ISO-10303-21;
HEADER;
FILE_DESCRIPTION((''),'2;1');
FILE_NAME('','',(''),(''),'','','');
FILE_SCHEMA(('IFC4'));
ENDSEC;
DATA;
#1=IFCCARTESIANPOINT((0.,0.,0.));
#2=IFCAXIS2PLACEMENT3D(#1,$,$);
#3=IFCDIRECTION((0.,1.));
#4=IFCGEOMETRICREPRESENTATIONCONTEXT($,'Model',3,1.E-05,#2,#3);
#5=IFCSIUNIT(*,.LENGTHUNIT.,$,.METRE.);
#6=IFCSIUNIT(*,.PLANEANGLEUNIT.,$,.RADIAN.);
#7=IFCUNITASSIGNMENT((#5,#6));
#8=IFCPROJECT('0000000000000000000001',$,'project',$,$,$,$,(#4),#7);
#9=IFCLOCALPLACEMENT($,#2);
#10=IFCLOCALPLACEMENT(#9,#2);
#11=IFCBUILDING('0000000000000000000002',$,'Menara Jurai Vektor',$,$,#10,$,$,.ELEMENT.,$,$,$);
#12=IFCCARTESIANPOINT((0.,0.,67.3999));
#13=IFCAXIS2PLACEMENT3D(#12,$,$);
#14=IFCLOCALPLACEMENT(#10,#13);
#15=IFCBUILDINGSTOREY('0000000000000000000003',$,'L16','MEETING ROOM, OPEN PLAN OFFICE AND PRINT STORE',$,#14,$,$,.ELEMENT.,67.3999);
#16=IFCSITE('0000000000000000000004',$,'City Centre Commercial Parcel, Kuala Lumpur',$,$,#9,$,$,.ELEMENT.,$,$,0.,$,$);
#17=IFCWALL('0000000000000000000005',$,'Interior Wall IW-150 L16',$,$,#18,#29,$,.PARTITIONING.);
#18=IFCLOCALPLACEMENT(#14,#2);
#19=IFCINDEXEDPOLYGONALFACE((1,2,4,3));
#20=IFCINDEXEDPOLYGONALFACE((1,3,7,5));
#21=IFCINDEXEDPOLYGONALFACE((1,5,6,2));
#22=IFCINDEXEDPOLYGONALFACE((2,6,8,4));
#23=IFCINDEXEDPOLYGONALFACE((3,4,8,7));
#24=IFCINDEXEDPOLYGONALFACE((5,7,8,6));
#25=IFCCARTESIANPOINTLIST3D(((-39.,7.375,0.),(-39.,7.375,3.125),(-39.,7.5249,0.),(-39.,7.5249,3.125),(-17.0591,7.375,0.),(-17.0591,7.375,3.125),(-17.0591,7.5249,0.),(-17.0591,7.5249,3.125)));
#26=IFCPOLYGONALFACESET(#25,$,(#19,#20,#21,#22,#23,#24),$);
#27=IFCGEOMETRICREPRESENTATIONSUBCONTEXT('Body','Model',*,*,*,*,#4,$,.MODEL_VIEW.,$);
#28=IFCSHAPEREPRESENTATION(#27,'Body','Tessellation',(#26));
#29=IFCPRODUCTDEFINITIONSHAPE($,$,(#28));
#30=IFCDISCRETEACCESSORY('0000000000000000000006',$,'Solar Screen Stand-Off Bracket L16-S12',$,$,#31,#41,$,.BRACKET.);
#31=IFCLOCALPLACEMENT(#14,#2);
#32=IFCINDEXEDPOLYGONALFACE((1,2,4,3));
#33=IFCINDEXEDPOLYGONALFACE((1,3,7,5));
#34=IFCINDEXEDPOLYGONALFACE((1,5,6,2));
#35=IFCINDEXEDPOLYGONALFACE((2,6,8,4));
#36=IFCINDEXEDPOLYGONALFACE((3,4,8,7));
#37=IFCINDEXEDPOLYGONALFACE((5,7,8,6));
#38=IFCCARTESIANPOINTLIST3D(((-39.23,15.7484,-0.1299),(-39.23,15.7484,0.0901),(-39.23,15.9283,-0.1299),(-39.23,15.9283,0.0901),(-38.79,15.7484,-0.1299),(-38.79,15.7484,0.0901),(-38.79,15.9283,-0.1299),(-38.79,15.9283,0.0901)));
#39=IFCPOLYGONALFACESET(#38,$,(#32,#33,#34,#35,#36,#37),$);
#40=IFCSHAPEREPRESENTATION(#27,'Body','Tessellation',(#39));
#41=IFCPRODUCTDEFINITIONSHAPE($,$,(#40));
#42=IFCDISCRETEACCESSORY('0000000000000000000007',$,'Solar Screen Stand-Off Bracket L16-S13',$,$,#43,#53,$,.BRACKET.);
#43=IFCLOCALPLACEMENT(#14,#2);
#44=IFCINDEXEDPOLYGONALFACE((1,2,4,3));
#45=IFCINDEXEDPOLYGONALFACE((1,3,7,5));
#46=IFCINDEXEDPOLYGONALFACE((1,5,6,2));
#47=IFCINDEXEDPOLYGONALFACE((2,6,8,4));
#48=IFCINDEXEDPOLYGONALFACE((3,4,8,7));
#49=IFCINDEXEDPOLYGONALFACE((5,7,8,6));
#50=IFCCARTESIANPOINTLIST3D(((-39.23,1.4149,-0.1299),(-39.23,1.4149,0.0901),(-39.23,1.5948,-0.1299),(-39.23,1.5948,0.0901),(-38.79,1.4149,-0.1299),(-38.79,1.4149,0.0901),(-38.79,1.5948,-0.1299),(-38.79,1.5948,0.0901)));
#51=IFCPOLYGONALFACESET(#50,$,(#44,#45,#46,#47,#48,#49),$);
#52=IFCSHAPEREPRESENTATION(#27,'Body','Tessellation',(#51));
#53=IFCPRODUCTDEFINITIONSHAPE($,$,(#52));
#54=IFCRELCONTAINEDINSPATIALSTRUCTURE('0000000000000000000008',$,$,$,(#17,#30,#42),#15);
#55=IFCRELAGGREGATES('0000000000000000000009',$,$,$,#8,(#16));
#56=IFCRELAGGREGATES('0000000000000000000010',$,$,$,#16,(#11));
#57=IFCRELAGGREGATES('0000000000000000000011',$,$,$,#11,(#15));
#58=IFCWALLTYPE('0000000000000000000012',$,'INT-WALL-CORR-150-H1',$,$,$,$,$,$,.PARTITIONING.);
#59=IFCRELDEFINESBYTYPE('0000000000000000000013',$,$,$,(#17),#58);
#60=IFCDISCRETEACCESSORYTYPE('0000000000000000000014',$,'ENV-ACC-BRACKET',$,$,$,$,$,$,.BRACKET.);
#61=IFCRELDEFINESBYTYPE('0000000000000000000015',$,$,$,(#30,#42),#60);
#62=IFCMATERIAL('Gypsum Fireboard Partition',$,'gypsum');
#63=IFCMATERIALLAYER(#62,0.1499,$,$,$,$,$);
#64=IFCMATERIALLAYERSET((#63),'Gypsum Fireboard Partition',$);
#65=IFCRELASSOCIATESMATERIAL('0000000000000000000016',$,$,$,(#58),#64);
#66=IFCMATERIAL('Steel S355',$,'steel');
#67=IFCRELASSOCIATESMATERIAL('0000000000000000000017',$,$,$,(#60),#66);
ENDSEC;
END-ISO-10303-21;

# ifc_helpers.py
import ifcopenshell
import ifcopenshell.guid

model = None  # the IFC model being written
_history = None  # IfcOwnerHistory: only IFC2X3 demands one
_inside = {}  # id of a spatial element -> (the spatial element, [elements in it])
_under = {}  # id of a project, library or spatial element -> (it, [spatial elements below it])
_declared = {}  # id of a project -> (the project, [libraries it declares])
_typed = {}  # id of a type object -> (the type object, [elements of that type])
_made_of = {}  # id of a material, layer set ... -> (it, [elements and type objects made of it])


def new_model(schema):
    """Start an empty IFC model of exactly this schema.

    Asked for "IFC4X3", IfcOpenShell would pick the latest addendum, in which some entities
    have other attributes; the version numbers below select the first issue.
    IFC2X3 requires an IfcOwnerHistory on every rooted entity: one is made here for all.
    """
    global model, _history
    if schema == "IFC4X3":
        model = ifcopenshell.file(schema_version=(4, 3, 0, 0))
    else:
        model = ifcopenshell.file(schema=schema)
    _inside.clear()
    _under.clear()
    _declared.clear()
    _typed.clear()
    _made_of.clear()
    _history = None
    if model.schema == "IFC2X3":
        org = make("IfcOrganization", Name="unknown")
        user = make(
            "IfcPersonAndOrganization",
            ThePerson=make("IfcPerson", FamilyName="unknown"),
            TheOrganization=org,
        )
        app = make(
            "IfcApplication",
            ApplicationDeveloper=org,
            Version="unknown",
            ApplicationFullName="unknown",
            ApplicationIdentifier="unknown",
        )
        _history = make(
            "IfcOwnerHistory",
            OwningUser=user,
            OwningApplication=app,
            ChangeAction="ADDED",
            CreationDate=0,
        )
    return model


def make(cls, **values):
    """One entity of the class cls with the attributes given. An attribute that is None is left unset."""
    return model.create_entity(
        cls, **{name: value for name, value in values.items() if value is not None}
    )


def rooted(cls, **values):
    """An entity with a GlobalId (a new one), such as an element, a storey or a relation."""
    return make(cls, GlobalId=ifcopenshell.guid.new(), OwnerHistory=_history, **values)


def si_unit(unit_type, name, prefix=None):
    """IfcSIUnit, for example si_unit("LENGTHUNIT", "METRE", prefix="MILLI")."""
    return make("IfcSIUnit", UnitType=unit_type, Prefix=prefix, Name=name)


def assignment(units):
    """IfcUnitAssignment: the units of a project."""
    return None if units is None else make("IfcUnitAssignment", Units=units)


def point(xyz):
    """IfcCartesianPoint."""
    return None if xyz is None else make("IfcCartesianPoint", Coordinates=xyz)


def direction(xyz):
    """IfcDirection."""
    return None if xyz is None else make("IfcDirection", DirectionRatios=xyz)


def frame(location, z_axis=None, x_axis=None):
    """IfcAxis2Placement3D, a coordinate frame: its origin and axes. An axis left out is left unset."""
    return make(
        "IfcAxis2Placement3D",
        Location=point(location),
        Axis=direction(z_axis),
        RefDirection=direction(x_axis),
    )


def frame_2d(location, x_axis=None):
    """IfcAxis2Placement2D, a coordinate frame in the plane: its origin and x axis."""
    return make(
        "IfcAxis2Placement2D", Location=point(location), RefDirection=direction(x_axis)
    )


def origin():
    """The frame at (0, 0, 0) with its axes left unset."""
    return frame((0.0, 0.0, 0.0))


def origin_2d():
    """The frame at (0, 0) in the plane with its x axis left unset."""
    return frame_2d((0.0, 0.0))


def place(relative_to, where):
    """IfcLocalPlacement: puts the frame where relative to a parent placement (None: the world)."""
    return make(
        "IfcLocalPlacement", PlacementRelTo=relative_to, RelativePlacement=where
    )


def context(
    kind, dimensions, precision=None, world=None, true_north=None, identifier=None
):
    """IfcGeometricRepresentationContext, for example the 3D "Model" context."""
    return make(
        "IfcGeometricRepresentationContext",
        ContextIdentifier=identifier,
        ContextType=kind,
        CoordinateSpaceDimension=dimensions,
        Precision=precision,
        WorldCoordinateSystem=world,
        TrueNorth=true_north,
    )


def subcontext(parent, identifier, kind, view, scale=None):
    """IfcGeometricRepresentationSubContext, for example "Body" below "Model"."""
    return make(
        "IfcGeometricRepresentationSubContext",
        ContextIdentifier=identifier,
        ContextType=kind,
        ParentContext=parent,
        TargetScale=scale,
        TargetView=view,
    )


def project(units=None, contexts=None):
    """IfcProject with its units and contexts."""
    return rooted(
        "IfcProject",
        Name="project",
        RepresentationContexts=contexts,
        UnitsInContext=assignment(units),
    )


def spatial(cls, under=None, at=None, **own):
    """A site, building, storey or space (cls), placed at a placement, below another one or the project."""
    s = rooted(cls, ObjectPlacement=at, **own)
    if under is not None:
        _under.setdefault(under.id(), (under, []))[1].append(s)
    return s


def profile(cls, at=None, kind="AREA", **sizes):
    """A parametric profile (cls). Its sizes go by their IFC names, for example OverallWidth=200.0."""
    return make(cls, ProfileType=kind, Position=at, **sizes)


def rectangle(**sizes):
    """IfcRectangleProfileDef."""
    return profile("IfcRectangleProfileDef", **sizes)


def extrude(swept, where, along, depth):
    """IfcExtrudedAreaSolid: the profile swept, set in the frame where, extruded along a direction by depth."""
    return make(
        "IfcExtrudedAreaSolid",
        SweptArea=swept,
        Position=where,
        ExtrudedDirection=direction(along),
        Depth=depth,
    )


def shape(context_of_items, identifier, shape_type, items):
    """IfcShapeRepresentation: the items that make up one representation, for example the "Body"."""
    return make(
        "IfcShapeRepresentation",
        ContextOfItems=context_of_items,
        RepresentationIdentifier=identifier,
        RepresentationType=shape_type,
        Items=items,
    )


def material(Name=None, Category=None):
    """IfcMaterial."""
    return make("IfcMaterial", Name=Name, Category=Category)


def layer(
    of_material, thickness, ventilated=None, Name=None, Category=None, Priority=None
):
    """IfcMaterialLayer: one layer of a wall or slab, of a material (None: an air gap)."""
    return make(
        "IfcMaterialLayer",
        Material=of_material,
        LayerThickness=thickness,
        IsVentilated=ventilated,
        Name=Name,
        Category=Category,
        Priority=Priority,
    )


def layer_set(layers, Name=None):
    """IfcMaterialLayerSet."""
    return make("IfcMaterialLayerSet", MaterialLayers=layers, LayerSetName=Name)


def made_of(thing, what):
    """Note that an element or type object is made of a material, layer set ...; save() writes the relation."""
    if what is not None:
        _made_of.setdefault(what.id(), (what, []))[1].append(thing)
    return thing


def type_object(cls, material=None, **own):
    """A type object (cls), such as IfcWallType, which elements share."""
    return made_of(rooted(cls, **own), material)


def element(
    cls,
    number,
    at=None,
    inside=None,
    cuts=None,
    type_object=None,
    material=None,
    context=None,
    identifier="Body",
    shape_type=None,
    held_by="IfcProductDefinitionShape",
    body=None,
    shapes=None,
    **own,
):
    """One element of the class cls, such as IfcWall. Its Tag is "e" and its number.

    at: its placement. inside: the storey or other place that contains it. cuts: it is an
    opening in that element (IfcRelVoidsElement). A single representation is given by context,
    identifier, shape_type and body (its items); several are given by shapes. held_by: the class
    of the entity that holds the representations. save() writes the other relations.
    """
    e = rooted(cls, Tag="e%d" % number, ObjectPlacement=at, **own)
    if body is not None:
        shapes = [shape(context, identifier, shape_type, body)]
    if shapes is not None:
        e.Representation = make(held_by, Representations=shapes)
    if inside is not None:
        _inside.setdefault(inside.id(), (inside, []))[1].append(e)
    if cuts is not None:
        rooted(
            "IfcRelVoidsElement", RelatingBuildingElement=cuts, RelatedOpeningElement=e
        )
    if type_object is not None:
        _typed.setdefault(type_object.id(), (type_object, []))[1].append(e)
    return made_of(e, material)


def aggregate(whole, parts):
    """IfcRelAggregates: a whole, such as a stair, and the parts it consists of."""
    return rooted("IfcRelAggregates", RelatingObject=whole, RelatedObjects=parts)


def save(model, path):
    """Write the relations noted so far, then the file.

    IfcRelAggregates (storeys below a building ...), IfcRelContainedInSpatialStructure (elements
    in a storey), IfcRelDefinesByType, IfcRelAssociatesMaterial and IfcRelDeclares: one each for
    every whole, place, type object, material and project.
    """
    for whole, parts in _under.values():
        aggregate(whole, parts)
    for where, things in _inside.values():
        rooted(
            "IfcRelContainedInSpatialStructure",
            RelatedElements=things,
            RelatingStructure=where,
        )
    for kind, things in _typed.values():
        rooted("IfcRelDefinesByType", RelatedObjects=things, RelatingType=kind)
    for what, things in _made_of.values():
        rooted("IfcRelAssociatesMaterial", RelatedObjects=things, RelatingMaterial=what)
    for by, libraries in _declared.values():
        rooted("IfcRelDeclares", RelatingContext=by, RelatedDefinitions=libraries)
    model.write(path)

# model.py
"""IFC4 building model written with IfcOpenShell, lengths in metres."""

from ifc_helpers import new_model, si_unit, direction, frame, frame_2d, origin, origin_2d, place, context, subcontext, project, spatial, rectangle, extrude, material, layer, layer_set, type_object, element, save


model = new_model("IFC4")

# Units and contexts
model_context = context("Model", 3, precision=1e-05, world=origin(), true_north=direction((0.0, 1.0)))
body_context = subcontext(model_context, "Body", "Model", "MODEL_VIEW")
ifc_project = project(units=[si_unit("LENGTHUNIT", "METRE"), si_unit("PLANEANGLEUNIT", "RADIAN")], contexts=[model_context])

# Site, building, storey
site_placement = place(None, origin())
site = spatial("IfcSite", under=ifc_project, at=site_placement, Name="City Centre Commercial Parcel, Kuala Lumpur", CompositionType="ELEMENT", RefElevation=0.0)
building_placement = place(site_placement, origin())
building = spatial("IfcBuilding", under=site, at=building_placement, Name="Menara Jurai Vektor", CompositionType="ELEMENT")
storey_placement = place(building_placement, frame((0.0, 0.0, 67.3999)))
storey = spatial("IfcBuildingStorey", under=building, at=storey_placement, Name="L16", Description="MEETING ROOM, OPEN PLAN OFFICE AND PRINT STORE", CompositionType="ELEMENT", Elevation=67.3999)

# Shared definitions
ifc_material_1 = material(Name="Steel S355", Category="steel")

# Shared definitions
ifc_material_2 = material(Name="Gypsum Fireboard Partition", Category="gypsum")

# Wall
ifc_layer_1 = layer(ifc_material_2, 0.1499)
ifc_layer_set_1 = layer_set([ifc_layer_1], Name="Gypsum Fireboard Partition")
wall_type_1 = type_object("IfcWallType", Name="INT-WALL-CORR-150-H1", PredefinedType="PARTITIONING", material=ifc_layer_set_1)
wall_1_placement = place(storey_placement, frame((-39.0, 7.45, 0.0), z_axis=(0.0, 0.0, 1.0), x_axis=(1.0, 0.0, 0.0)))
element("IfcWall", 1, at=wall_1_placement, inside=storey, type_object=wall_type_1, Name="Interior Wall IW-150 L16", PredefinedType="PARTITIONING", context=body_context, shape_type="SweptSolid", body=[
    extrude(rectangle(XDim=21.9409, YDim=0.1499, at=frame_2d((10.9705, 0.0))), origin(), (0.0, 0.0, 1.0), 3.125),
])

# Discrete accessories
discrete_accessory_type = type_object("IfcDiscreteAccessoryType", Name="ENV-ACC-BRACKET", PredefinedType="BRACKET", material=ifc_material_1)
for number, where, z_axis, x_axis, name in (
    (2, (-39.01, 15.8384, -0.1299), (0.0, 0.0, 1.0), (0.0, -1.0, 0.0), "Solar Screen Stand-Off Bracket L16-S12"),
    (3, (-39.01, 1.5049, -0.1299), (0.0, 0.0, 1.0), (0.0, -1.0, 0.0), "Solar Screen Stand-Off Bracket L16-S13"),
):
    element("IfcDiscreteAccessory", number, at=place(storey_placement, frame(where, z_axis=z_axis, x_axis=x_axis)), inside=storey, type_object=discrete_accessory_type, Name=name, PredefinedType="BRACKET", context=body_context, shape_type="SweptSolid", body=[
        extrude(rectangle(XDim=0.1799, YDim=0.4399, at=origin_2d()), origin(), (0.0, 0.0, 1.0), 0.22),
    ])

save(model, "model.ifc")
